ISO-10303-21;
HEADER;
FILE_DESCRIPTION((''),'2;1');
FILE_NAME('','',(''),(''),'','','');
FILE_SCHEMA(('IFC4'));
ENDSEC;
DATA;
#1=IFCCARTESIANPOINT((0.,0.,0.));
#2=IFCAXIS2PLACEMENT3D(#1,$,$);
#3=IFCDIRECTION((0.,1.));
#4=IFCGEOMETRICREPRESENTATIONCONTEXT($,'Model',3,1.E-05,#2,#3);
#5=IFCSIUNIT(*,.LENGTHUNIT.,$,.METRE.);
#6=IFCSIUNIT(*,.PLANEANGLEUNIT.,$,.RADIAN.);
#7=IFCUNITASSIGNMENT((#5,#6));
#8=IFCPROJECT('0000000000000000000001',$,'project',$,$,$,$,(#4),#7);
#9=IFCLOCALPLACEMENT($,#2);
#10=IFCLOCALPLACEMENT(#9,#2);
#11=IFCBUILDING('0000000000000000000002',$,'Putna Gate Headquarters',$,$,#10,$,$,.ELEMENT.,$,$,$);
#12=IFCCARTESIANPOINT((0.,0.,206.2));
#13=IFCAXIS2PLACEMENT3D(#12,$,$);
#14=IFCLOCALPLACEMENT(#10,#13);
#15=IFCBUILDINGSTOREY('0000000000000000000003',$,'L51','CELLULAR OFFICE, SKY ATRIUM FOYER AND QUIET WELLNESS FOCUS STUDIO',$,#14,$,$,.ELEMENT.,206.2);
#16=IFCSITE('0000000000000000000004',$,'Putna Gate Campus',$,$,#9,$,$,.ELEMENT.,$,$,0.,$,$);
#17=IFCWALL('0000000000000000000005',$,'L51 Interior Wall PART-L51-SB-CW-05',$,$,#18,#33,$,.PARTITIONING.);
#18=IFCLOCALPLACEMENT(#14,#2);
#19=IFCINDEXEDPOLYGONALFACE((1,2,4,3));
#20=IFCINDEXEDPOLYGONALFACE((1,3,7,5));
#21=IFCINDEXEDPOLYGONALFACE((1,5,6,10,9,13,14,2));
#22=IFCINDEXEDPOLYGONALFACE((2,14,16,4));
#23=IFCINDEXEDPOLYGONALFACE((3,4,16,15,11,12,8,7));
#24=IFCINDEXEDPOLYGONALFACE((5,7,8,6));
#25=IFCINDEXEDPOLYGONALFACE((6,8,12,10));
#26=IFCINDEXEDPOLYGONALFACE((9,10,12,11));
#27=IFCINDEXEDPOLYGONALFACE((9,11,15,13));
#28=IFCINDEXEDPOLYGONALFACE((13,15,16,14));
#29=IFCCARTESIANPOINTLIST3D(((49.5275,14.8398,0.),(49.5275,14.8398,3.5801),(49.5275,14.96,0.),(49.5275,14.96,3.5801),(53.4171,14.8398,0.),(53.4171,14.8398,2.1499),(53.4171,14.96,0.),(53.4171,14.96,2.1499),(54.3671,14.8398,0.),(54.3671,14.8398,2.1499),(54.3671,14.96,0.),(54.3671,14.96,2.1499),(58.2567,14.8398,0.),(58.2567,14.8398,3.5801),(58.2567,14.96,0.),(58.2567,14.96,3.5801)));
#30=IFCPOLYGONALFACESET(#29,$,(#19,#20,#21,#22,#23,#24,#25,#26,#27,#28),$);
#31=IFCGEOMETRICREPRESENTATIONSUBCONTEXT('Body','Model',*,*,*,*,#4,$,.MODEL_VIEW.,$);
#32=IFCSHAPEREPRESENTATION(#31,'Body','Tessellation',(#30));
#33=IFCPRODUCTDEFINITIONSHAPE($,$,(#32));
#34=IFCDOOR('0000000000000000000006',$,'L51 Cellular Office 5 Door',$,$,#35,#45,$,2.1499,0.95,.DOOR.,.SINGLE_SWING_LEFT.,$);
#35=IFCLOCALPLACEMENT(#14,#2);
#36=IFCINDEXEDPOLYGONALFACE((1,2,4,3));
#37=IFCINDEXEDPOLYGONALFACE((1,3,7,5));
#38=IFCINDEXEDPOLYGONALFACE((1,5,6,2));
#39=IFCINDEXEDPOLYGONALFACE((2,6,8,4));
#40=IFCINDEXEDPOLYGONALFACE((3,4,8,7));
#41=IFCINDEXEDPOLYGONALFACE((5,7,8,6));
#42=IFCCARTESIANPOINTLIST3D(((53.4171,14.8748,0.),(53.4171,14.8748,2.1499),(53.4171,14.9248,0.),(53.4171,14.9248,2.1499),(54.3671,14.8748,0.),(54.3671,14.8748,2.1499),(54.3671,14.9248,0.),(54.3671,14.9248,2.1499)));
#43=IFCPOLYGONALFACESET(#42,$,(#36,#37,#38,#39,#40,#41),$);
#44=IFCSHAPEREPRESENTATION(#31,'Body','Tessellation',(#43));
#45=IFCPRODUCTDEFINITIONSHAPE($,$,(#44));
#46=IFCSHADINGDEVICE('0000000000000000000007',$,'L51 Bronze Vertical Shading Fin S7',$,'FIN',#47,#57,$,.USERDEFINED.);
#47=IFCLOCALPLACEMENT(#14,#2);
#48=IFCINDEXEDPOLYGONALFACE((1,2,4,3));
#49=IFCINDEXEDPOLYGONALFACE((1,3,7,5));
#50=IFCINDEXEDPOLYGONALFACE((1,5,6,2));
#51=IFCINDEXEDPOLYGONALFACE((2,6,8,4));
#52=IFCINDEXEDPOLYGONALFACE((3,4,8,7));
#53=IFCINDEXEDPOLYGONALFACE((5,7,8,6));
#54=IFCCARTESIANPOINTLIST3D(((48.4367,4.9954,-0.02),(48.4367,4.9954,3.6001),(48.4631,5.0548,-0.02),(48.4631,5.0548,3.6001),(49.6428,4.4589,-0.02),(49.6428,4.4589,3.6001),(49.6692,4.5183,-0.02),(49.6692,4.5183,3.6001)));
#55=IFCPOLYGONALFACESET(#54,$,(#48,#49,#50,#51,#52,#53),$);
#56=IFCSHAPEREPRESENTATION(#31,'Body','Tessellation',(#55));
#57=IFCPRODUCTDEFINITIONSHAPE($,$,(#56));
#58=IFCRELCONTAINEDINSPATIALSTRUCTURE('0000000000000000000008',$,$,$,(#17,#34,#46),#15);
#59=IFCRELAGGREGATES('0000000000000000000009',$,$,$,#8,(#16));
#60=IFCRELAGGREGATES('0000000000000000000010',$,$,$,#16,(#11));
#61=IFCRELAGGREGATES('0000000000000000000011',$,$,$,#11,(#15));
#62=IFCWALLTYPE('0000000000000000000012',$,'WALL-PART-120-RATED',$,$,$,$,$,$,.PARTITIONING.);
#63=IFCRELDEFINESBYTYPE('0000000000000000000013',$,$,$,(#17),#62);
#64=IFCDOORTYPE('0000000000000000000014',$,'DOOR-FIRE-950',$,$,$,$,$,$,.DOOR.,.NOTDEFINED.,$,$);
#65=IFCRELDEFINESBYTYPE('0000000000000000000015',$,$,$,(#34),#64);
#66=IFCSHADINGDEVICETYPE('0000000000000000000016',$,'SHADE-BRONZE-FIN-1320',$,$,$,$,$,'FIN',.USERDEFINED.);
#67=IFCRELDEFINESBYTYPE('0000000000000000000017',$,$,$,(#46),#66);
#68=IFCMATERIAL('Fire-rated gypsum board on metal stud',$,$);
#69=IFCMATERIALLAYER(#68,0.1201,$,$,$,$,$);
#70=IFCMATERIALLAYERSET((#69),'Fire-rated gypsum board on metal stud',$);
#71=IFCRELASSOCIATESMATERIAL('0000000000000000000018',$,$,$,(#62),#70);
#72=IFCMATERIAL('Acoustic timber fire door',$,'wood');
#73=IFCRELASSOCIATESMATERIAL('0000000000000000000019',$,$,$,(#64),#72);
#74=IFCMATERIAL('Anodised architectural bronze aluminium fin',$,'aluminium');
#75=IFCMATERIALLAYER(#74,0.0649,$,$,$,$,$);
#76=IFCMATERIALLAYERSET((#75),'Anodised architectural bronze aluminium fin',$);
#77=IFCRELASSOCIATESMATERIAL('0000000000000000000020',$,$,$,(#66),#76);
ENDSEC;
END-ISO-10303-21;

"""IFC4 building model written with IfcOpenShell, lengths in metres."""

from ifc_helpers import new_model, si_unit, direction, frame, frame_2d, origin, origin_2d, place, context, subcontext, project, spatial, rectangle, extrude, material, layer, layer_set, type_object, element, fill, save


model = new_model("IFC4")

# Units and contexts
model_context = context("Model", 3, precision=1e-05, world=origin(), true_north=direction((0.0, 1.0)))
body_context = subcontext(model_context, "Body", "Model", "MODEL_VIEW")
ifc_project = project(units=[si_unit("LENGTHUNIT", "METRE"), si_unit("PLANEANGLEUNIT", "RADIAN")], contexts=[model_context])

# Site, building, storey
site_placement = place(None, origin())
site = spatial("IfcSite", under=ifc_project, at=site_placement, Name="Putna Gate Campus", CompositionType="ELEMENT", RefElevation=0.0)
building_placement = place(site_placement, origin())
building = spatial("IfcBuilding", under=site, at=building_placement, Name="Putna Gate Headquarters", CompositionType="ELEMENT")
storey_placement = place(building_placement, frame((0.0, 0.0, 206.2)))
storey = spatial("IfcBuildingStorey", under=building, at=storey_placement, Name="L51", Description="CELLULAR OFFICE, SKY ATRIUM FOYER AND QUIET WELLNESS FOCUS STUDIO", CompositionType="ELEMENT", Elevation=206.2)

# Wall, opening, door
ifc_material_1 = material(Name="Fire-rated gypsum board on metal stud")
ifc_layer_1 = layer(ifc_material_1, 0.1201)
ifc_layer_set_1 = layer_set([ifc_layer_1], Name="Fire-rated gypsum board on metal stud")
wall_type_1 = type_object("IfcWallType", Name="WALL-PART-120-RATED", PredefinedType="PARTITIONING", material=ifc_layer_set_1)
wall_1_placement = place(storey_placement, frame((49.5273, 14.8999, 0.0), z_axis=(0.0, 0.0, 1.0), x_axis=(1.0, 0.0, 0.0)))
wall_1 = element("IfcWall", 1, at=wall_1_placement, inside=storey, type_object=wall_type_1, Name="L51 Interior Wall PART-L51-SB-CW-05", PredefinedType="PARTITIONING", context=body_context, shape_type="SweptSolid", body=[
    extrude(rectangle(XDim=8.7292, YDim=0.1201, at=frame_2d((4.3647, 0.0))), origin(), (0.0, 0.0, 1.0), 3.5801),
])
opening_placement = place(wall_1_placement, frame((3.8896, 0.0, 0.0)))
opening = element("IfcOpeningElement", 2, at=opening_placement, cuts=wall_1, PredefinedType="OPENING", context=body_context, shape_type="SweptSolid", body=[
    extrude(rectangle(XDim=0.95, YDim=2.1499, at=frame_2d((0.4751, 1.075))), frame((0.0, 0.0701, 0.0), z_axis=(0.0, -1.0, 0.0), x_axis=(1.0, 0.0, 0.0)), (0.0, 0.0, 1.0), 0.1401),
])
ifc_material_2 = material(Name="Acoustic timber fire door", Category="wood")
door_type = type_object("IfcDoorType", Name="DOOR-FIRE-950", OperationType="NOTDEFINED", PredefinedType="DOOR", material=ifc_material_2)
door_placement = place(opening_placement, origin())
door = element("IfcDoor", 3, at=door_placement, inside=storey, type_object=door_type, Name="L51 Cellular Office 5 Door", OperationType="SINGLE_SWING_LEFT", OverallHeight=2.1499, OverallWidth=0.95, PredefinedType="DOOR", context=body_context, shape_type="SweptSolid", body=[
    extrude(rectangle(XDim=0.95, YDim=2.1499, at=frame_2d((0.4751, 1.075))), frame((0.0, 0.0249, 0.0), z_axis=(0.0, -1.0, 0.0), x_axis=(1.0, 0.0, 0.0)), (0.0, 0.0, 1.0), 0.05),
])
fill(opening, door)

# Shading device
ifc_material_3 = material(Name="Anodised architectural bronze aluminium fin", Category="aluminium")
ifc_layer_2 = layer(ifc_material_3, 0.0649)
ifc_layer_set_2 = layer_set([ifc_layer_2], Name="Anodised architectural bronze aluminium fin")
shading_device_type = type_object("IfcShadingDeviceType", Name="SHADE-BRONZE-FIN-1320", ElementType="FIN", PredefinedType="USERDEFINED", material=ifc_layer_set_2)
shading_device_placement = place(storey_placement, frame((49.053, 4.7568, -0.02), z_axis=(0.0, 0.0, 1.0), x_axis=(0.913687, -0.406418, 0.0)))
element("IfcShadingDevice", 4, at=shading_device_placement, inside=storey, type_object=shading_device_type, Name="L51 Bronze Vertical Shading Fin S7", ObjectType="FIN", PredefinedType="USERDEFINED", context=body_context, shape_type="SweptSolid", body=[
    extrude(rectangle(XDim=1.3201, YDim=0.0649, at=origin_2d()), origin(), (0.0, 0.0, 1.0), 3.6201),
])

save(model, "model.ifc")
